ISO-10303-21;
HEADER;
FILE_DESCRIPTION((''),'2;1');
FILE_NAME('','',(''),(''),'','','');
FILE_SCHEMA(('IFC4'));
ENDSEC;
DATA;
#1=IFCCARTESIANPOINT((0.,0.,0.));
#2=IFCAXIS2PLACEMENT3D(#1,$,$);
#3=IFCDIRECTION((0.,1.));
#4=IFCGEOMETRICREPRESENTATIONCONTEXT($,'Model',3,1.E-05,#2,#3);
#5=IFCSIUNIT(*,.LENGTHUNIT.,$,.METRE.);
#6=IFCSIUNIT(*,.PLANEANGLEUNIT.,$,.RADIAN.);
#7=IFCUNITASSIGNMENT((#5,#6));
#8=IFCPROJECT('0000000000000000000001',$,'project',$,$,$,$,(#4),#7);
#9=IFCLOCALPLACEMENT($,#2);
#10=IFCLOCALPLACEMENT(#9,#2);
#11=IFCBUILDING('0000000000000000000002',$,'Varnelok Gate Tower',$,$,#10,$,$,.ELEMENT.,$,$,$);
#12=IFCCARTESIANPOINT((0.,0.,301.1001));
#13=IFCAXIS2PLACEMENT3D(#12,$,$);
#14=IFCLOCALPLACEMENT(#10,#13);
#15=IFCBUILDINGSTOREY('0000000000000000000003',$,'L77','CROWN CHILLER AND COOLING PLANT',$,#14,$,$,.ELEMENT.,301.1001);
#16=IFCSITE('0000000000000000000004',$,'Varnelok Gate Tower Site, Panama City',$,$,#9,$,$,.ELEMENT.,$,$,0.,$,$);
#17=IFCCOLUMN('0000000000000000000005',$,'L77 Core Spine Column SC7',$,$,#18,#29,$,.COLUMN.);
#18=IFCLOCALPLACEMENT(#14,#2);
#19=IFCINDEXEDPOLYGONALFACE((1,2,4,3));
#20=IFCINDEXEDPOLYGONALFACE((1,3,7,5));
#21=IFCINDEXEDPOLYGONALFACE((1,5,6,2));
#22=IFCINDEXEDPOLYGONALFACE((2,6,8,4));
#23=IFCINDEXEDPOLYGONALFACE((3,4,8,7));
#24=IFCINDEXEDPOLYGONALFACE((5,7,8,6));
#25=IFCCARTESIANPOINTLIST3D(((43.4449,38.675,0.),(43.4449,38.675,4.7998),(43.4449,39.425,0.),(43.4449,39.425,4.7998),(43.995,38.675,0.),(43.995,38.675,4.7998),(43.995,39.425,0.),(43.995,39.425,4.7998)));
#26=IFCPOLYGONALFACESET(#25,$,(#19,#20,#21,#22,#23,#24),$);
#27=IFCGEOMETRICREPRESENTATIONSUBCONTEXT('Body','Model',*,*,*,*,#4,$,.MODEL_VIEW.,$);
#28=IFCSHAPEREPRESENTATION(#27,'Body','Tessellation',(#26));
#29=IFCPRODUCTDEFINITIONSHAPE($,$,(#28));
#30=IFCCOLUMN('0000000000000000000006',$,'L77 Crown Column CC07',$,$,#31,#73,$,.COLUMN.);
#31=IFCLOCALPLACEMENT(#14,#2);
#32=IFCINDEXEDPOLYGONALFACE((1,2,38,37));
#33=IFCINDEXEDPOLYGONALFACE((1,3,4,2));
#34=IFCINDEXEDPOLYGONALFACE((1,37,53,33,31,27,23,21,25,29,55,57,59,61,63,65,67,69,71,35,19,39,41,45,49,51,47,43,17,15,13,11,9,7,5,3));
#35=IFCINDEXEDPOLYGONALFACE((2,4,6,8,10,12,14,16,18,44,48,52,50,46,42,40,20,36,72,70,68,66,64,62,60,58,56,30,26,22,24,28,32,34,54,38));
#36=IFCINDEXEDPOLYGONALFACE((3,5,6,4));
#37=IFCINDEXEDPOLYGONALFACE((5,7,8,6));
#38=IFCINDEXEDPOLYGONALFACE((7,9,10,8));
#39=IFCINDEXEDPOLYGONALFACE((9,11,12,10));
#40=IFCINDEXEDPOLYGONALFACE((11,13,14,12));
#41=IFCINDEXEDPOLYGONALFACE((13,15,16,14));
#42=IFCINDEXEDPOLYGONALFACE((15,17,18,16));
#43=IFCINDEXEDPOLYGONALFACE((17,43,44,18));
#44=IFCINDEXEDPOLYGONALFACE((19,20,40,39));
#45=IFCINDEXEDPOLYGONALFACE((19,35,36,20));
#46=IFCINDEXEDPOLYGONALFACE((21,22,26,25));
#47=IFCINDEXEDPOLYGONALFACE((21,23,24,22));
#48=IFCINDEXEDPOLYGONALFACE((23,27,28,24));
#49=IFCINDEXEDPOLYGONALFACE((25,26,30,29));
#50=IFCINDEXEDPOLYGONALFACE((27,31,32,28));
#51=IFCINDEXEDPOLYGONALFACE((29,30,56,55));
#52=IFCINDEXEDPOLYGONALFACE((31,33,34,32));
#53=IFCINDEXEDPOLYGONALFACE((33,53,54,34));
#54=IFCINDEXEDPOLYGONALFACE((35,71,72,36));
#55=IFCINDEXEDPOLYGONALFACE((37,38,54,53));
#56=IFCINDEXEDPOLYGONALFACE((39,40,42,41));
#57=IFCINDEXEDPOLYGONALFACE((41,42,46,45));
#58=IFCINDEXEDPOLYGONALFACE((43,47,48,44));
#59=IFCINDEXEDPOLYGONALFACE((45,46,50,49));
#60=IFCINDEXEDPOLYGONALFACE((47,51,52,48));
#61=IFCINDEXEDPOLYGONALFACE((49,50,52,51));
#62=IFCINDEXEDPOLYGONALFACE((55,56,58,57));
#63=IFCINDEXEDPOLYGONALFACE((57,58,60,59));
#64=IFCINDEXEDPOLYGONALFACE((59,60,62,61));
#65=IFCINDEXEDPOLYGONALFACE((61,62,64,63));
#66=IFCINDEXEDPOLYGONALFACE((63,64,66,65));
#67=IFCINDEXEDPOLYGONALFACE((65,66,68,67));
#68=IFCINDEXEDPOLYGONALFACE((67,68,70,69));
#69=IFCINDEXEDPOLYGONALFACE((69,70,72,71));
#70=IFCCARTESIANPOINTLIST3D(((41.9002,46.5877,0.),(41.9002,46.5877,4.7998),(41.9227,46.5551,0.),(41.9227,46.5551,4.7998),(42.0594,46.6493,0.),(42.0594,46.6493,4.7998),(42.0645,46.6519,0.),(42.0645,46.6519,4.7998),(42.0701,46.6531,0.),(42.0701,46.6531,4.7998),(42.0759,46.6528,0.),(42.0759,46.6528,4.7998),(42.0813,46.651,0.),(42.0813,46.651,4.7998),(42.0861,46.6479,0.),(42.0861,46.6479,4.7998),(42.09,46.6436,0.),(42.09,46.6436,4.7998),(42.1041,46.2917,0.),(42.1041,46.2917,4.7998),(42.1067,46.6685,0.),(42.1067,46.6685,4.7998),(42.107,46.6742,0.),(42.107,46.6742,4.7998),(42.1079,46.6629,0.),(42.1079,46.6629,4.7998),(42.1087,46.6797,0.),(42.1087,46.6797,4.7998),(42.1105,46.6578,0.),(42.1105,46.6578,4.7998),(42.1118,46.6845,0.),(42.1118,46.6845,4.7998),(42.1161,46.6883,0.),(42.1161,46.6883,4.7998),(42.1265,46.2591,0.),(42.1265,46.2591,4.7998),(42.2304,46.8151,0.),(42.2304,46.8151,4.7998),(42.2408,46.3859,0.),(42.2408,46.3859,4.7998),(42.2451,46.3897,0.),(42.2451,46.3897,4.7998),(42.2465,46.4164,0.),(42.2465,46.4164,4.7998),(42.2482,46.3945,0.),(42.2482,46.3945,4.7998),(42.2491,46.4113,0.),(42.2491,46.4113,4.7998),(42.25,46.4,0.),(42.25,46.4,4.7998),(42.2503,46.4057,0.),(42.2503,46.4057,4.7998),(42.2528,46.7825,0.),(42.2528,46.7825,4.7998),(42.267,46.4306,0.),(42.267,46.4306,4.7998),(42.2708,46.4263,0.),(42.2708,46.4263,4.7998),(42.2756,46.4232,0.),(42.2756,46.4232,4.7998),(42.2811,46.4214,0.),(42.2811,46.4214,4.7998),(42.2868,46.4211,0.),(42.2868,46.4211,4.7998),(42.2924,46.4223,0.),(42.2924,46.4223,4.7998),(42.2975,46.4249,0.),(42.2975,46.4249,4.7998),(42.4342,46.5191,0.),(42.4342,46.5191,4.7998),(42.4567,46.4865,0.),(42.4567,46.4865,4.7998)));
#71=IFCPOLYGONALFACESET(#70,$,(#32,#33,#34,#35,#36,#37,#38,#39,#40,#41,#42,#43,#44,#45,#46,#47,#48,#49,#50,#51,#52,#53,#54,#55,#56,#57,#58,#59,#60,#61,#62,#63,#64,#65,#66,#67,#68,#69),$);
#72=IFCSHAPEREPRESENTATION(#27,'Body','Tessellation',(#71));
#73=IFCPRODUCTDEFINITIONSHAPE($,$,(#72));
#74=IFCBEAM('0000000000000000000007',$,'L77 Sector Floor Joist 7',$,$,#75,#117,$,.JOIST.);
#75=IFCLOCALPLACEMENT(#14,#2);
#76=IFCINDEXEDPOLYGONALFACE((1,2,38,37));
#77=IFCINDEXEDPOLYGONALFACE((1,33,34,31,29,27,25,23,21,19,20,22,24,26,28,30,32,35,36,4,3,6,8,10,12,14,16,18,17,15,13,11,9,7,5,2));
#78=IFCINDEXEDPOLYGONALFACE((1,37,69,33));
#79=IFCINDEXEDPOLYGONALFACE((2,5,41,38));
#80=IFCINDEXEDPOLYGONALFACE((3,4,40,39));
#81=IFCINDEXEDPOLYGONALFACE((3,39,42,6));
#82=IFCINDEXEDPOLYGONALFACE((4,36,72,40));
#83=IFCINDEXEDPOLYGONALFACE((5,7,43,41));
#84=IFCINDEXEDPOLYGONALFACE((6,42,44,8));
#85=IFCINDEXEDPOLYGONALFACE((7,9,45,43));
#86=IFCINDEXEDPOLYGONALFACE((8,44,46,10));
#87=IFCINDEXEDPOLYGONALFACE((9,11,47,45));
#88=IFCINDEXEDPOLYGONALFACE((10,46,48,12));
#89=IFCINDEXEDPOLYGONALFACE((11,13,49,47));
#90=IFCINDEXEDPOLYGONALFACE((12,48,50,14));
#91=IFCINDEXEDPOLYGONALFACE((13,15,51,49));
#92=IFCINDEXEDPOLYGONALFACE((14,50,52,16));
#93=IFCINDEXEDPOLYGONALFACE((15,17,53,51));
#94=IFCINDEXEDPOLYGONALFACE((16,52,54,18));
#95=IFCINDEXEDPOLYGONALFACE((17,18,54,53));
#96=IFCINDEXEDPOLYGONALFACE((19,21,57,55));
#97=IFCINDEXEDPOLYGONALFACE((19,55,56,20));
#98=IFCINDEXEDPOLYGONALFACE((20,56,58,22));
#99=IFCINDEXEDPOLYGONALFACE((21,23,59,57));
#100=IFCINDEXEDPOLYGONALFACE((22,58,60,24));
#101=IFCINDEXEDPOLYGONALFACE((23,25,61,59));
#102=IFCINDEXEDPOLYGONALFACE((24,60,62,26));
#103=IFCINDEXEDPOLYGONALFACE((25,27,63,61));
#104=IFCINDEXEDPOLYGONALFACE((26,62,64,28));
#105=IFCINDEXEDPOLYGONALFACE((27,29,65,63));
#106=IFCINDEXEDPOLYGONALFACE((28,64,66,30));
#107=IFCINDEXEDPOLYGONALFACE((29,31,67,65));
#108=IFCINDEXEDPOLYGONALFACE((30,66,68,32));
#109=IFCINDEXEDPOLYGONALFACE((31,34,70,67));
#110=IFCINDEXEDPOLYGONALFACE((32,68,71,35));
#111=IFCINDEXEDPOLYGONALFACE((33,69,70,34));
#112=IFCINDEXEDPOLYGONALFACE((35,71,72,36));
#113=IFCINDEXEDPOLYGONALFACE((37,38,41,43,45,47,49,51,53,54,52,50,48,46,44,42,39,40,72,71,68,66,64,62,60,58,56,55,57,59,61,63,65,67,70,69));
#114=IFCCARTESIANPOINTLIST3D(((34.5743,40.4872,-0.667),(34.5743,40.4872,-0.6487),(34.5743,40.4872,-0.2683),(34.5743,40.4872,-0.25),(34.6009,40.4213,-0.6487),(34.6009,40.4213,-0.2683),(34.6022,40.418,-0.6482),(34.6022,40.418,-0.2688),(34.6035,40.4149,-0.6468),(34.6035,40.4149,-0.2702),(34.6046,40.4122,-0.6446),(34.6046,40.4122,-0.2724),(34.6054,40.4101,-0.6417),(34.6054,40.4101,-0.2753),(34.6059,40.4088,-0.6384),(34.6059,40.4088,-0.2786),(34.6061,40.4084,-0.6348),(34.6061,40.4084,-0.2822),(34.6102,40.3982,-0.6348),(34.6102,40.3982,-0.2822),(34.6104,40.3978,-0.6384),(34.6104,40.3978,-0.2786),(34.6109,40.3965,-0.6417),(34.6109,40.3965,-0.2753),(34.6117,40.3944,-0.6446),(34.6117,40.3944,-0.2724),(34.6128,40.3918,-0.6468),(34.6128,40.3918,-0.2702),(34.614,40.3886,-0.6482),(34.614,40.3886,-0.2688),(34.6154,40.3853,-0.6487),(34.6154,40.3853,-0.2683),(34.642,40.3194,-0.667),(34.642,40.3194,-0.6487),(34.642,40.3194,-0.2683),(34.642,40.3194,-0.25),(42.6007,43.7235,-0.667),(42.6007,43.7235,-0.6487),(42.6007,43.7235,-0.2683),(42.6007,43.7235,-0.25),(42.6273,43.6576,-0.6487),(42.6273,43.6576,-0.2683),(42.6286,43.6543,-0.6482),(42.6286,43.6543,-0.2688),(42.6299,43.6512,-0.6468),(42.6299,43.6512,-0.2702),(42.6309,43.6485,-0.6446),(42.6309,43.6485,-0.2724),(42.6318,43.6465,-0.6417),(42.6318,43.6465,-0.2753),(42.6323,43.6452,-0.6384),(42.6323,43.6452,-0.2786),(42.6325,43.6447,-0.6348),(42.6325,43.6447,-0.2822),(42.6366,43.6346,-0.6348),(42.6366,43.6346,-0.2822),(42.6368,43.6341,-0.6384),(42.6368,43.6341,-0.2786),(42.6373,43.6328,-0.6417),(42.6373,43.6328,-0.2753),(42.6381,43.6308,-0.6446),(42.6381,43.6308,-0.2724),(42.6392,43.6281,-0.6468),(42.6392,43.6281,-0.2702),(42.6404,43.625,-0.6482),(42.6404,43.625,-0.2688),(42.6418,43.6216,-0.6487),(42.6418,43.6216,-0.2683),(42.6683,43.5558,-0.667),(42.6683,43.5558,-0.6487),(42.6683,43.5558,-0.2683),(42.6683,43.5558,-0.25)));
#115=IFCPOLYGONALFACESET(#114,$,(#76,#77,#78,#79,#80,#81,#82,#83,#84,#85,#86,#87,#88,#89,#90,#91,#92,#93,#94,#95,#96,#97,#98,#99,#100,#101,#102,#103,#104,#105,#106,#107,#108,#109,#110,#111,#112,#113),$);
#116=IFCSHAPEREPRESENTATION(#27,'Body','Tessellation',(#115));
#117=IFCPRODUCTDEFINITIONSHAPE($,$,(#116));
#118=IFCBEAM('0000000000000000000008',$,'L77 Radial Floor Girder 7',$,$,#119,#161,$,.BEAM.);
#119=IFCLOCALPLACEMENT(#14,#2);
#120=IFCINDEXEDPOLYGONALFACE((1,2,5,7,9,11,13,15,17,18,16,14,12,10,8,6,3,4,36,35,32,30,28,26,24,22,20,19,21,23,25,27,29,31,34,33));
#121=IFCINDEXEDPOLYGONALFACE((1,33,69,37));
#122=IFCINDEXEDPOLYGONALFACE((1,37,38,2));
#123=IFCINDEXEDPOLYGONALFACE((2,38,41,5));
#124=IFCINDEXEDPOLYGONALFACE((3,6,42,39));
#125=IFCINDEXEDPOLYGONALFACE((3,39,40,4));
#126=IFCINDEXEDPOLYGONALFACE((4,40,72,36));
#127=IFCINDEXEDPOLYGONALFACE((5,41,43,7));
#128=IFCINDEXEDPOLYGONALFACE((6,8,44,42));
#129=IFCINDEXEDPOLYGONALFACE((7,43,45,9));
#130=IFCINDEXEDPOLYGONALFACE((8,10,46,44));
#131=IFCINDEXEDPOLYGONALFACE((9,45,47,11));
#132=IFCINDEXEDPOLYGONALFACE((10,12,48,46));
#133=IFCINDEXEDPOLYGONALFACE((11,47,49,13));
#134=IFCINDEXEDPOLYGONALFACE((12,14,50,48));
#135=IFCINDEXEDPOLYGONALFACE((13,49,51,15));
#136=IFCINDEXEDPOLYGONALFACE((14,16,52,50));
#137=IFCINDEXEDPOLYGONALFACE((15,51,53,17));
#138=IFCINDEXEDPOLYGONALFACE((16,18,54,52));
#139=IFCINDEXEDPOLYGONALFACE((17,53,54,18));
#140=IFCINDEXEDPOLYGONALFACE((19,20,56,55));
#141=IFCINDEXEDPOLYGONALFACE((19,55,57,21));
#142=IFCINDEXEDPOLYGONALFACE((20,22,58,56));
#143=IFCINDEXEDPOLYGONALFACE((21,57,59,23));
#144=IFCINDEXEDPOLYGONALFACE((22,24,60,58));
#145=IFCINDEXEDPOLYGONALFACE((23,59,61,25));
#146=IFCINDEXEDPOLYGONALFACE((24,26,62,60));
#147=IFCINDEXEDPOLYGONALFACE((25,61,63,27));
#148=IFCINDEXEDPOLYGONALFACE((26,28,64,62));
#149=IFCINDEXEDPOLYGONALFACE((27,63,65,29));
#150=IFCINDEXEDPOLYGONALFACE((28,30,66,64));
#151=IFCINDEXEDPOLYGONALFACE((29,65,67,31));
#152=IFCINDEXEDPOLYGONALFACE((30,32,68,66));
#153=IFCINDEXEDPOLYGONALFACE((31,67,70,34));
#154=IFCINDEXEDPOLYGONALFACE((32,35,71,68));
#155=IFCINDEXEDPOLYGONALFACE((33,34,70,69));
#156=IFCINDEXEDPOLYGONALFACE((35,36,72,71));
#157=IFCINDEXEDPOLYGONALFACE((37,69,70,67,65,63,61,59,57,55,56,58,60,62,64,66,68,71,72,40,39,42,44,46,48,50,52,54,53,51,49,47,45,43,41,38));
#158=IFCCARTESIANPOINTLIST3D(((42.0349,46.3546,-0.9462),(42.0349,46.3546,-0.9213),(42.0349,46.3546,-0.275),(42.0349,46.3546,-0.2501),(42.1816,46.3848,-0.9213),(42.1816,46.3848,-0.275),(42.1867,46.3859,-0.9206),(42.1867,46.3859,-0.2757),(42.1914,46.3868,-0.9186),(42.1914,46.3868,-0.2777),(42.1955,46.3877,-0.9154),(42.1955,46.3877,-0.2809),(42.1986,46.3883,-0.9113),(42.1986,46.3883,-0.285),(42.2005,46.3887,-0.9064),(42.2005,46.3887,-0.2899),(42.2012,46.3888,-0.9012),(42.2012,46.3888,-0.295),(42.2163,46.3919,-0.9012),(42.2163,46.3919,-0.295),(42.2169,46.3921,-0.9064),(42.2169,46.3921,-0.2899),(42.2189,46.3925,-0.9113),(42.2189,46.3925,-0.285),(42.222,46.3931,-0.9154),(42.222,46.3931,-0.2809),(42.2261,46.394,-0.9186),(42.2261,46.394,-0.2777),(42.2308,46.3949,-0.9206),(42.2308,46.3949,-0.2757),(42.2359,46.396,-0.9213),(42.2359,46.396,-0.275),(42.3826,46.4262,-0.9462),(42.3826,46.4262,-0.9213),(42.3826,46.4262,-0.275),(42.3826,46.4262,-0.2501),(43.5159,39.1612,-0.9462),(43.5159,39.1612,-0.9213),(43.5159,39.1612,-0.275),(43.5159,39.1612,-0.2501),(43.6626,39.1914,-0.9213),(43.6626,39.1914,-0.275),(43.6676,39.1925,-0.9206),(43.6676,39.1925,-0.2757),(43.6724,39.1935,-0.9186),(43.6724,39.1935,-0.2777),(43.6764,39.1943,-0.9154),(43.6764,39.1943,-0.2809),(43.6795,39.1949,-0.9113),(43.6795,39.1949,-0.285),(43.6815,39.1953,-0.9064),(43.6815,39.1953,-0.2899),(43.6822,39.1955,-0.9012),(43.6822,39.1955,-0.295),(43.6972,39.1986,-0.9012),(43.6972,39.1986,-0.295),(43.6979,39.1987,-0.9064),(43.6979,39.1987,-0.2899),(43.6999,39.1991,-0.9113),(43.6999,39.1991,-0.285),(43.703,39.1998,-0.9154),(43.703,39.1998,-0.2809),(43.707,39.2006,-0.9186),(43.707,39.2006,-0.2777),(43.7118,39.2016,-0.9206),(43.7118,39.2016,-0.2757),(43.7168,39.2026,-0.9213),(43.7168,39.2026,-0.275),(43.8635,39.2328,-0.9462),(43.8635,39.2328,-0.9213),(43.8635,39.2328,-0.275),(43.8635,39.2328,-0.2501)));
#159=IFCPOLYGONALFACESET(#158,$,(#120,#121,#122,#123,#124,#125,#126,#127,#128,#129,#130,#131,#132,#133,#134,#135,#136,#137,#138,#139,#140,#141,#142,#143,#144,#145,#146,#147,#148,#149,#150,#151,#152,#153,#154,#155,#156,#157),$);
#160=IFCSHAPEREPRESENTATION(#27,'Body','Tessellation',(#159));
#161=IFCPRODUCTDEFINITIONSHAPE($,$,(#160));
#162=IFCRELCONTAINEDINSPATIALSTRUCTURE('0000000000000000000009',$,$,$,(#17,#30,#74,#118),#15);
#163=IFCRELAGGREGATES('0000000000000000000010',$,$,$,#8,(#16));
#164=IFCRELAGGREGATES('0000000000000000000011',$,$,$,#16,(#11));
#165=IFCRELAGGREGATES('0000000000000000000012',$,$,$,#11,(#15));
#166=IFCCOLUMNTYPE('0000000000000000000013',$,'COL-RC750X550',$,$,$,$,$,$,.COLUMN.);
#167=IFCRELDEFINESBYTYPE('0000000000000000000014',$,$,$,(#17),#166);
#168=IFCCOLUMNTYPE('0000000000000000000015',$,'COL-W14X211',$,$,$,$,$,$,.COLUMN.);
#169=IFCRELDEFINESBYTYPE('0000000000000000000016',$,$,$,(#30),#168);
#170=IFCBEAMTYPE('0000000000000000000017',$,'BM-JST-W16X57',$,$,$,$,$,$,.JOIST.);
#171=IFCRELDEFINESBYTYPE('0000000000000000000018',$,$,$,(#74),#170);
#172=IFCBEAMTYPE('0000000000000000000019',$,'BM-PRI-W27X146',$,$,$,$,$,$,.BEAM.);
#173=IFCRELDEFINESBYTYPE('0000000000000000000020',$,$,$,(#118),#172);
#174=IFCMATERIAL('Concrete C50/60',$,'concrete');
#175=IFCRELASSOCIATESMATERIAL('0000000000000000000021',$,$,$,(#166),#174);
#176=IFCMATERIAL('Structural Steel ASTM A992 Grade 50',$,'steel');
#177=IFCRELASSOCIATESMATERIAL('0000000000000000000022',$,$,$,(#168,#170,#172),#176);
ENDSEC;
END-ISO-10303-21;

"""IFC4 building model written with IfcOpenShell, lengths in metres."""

from ifc_helpers import new_model, si_unit, direction, frame, origin, origin_2d, place, context, subcontext, project, spatial, rectangle, i_section, extrude, material, material_profile, profile_set, type_object, element, save


model = new_model("IFC4")

# Units and contexts
model_context = context("Model", 3, precision=1e-05, world=origin(), true_north=direction((0.0, 1.0)))
body_context = subcontext(model_context, "Body", "Model", "MODEL_VIEW")
ifc_project = project(units=[si_unit("LENGTHUNIT", "METRE"), si_unit("PLANEANGLEUNIT", "RADIAN")], contexts=[model_context])

# Site, building, storey
site_placement = place(None, origin())
site = spatial("IfcSite", under=ifc_project, at=site_placement, Name="Varnelok Gate Tower Site, Panama City", CompositionType="ELEMENT", RefElevation=0.0)
building_placement = place(site_placement, origin())
building = spatial("IfcBuilding", under=site, at=building_placement, Name="Varnelok Gate Tower", CompositionType="ELEMENT")
storey_placement = place(building_placement, frame((0.0, 0.0, 301.1001)))
storey = spatial("IfcBuildingStorey", under=building, at=storey_placement, Name="L77", Description="CROWN CHILLER AND COOLING PLANT", CompositionType="ELEMENT", Elevation=301.1001)

# Columns
ifc_material_1 = material(Name="Concrete C50/60", Category="concrete")
ifc_material_profile_1 = material_profile(ifc_material_1, rectangle(XDim=0.55, YDim=0.75, at=origin_2d()), Name="RC750X550")
ifc_profile_set_1 = profile_set([ifc_material_profile_1], Name="Concrete C50/60")
column_type_1 = type_object("IfcColumnType", Name="COL-RC750X550", PredefinedType="COLUMN", material=ifc_profile_set_1)
column_1_placement = place(storey_placement, frame((43.72, 39.05, 0.0), z_axis=(0.0, 0.0, 1.0), x_axis=(1.0, 0.0, 0.0)))
element("IfcColumn", 1, at=column_1_placement, inside=storey, type_object=column_type_1, Name="L77 Core Spine Column SC7", PredefinedType="COLUMN", context=body_context, shape_type="SweptSolid", body=[
    extrude(rectangle(XDim=0.55, YDim=0.75, at=origin_2d()), origin(), (0.0, 0.0, 1.0), 4.7998),
])
ifc_material_2 = material(Name="Structural Steel ASTM A992 Grade 50", Category="steel")
ifc_material_profile_2 = material_profile(ifc_material_2, i_section(OverallWidth=0.4009, OverallDepth=0.3989, WebThickness=0.0249, FlangeThickness=0.0396, FilletRadius=0.022, at=origin_2d()), Name="W14X211")
ifc_profile_set_2 = profile_set([ifc_material_profile_2], Name="Structural Steel ASTM A992 Grade 50")
column_type_2 = type_object("IfcColumnType", Name="COL-W14X211", PredefinedType="COLUMN", material=ifc_profile_set_2)
column_2_placement = place(storey_placement, frame((42.1785, 46.5371, 0.0), z_axis=(0.0, 0.0, 1.0), x_axis=(0.823533, 0.567269, 0.0)))
element("IfcColumn", 2, at=column_2_placement, inside=storey, type_object=column_type_2, Name="L77 Crown Column CC07", PredefinedType="COLUMN", context=body_context, shape_type="SweptSolid", body=[
    extrude(i_section(OverallWidth=0.4009, OverallDepth=0.3989, WebThickness=0.0249, FlangeThickness=0.0396, FilletRadius=0.022, at=origin_2d()), origin(), (0.0, 0.0, 1.0), 4.7998),
])

# Beams
ifc_material_profile_3 = material_profile(ifc_material_2, i_section(OverallWidth=0.1809, OverallDepth=0.417, WebThickness=0.011, FlangeThickness=0.0183, FilletRadius=0.0139, at=origin_2d()), Name="W16X57")
ifc_profile_set_3 = profile_set([ifc_material_profile_3], Name="Structural Steel ASTM A992 Grade 50")
beam_type_1 = type_object("IfcBeamType", Name="BM-JST-W16X57", PredefinedType="JOIST", material=ifc_profile_set_3)
beam_1_placement = place(storey_placement, frame((42.6345, 43.6396, -0.4585), z_axis=(-0.927446, -0.373957, 0.0), x_axis=(0.373957, -0.927446, 0.0)))
element("IfcBeam", 3, at=beam_1_placement, inside=storey, type_object=beam_type_1, Name="L77 Sector Floor Joist 7", PredefinedType="JOIST", context=body_context, shape_type="SweptSolid", body=[
    extrude(i_section(OverallWidth=0.1809, OverallDepth=0.417, WebThickness=0.011, FlangeThickness=0.0183, FilletRadius=0.0139, at=origin_2d()), origin(), (0.0, 0.0, 1.0), 8.6543),
])
ifc_material_profile_4 = material_profile(ifc_material_2, i_section(OverallWidth=0.355, OverallDepth=0.696, WebThickness=0.0154, FlangeThickness=0.0249, FilletRadius=0.02, at=origin_2d()), Name="W27X146")
ifc_profile_set_4 = profile_set([ifc_material_profile_4], Name="Structural Steel ASTM A992 Grade 50")
beam_type_2 = type_object("IfcBeamType", Name="BM-PRI-W27X146", PredefinedType="BEAM", material=ifc_profile_set_4)
beam_2_placement = place(storey_placement, frame((43.6897, 39.197, -0.5981), z_axis=(-0.201649, 0.979458, 0.0), x_axis=(-0.979458, -0.201649, 0.0)))
element("IfcBeam", 4, at=beam_2_placement, inside=storey, type_object=beam_type_2, Name="L77 Radial Floor Girder 7", PredefinedType="BEAM", context=body_context, shape_type="SweptSolid", body=[
    extrude(i_section(OverallWidth=0.355, OverallDepth=0.696, WebThickness=0.0154, FlangeThickness=0.0249, FilletRadius=0.02, at=origin_2d()), origin(), (0.0, 0.0, 1.0), 7.3442),
])

save(model, "model.ifc")
